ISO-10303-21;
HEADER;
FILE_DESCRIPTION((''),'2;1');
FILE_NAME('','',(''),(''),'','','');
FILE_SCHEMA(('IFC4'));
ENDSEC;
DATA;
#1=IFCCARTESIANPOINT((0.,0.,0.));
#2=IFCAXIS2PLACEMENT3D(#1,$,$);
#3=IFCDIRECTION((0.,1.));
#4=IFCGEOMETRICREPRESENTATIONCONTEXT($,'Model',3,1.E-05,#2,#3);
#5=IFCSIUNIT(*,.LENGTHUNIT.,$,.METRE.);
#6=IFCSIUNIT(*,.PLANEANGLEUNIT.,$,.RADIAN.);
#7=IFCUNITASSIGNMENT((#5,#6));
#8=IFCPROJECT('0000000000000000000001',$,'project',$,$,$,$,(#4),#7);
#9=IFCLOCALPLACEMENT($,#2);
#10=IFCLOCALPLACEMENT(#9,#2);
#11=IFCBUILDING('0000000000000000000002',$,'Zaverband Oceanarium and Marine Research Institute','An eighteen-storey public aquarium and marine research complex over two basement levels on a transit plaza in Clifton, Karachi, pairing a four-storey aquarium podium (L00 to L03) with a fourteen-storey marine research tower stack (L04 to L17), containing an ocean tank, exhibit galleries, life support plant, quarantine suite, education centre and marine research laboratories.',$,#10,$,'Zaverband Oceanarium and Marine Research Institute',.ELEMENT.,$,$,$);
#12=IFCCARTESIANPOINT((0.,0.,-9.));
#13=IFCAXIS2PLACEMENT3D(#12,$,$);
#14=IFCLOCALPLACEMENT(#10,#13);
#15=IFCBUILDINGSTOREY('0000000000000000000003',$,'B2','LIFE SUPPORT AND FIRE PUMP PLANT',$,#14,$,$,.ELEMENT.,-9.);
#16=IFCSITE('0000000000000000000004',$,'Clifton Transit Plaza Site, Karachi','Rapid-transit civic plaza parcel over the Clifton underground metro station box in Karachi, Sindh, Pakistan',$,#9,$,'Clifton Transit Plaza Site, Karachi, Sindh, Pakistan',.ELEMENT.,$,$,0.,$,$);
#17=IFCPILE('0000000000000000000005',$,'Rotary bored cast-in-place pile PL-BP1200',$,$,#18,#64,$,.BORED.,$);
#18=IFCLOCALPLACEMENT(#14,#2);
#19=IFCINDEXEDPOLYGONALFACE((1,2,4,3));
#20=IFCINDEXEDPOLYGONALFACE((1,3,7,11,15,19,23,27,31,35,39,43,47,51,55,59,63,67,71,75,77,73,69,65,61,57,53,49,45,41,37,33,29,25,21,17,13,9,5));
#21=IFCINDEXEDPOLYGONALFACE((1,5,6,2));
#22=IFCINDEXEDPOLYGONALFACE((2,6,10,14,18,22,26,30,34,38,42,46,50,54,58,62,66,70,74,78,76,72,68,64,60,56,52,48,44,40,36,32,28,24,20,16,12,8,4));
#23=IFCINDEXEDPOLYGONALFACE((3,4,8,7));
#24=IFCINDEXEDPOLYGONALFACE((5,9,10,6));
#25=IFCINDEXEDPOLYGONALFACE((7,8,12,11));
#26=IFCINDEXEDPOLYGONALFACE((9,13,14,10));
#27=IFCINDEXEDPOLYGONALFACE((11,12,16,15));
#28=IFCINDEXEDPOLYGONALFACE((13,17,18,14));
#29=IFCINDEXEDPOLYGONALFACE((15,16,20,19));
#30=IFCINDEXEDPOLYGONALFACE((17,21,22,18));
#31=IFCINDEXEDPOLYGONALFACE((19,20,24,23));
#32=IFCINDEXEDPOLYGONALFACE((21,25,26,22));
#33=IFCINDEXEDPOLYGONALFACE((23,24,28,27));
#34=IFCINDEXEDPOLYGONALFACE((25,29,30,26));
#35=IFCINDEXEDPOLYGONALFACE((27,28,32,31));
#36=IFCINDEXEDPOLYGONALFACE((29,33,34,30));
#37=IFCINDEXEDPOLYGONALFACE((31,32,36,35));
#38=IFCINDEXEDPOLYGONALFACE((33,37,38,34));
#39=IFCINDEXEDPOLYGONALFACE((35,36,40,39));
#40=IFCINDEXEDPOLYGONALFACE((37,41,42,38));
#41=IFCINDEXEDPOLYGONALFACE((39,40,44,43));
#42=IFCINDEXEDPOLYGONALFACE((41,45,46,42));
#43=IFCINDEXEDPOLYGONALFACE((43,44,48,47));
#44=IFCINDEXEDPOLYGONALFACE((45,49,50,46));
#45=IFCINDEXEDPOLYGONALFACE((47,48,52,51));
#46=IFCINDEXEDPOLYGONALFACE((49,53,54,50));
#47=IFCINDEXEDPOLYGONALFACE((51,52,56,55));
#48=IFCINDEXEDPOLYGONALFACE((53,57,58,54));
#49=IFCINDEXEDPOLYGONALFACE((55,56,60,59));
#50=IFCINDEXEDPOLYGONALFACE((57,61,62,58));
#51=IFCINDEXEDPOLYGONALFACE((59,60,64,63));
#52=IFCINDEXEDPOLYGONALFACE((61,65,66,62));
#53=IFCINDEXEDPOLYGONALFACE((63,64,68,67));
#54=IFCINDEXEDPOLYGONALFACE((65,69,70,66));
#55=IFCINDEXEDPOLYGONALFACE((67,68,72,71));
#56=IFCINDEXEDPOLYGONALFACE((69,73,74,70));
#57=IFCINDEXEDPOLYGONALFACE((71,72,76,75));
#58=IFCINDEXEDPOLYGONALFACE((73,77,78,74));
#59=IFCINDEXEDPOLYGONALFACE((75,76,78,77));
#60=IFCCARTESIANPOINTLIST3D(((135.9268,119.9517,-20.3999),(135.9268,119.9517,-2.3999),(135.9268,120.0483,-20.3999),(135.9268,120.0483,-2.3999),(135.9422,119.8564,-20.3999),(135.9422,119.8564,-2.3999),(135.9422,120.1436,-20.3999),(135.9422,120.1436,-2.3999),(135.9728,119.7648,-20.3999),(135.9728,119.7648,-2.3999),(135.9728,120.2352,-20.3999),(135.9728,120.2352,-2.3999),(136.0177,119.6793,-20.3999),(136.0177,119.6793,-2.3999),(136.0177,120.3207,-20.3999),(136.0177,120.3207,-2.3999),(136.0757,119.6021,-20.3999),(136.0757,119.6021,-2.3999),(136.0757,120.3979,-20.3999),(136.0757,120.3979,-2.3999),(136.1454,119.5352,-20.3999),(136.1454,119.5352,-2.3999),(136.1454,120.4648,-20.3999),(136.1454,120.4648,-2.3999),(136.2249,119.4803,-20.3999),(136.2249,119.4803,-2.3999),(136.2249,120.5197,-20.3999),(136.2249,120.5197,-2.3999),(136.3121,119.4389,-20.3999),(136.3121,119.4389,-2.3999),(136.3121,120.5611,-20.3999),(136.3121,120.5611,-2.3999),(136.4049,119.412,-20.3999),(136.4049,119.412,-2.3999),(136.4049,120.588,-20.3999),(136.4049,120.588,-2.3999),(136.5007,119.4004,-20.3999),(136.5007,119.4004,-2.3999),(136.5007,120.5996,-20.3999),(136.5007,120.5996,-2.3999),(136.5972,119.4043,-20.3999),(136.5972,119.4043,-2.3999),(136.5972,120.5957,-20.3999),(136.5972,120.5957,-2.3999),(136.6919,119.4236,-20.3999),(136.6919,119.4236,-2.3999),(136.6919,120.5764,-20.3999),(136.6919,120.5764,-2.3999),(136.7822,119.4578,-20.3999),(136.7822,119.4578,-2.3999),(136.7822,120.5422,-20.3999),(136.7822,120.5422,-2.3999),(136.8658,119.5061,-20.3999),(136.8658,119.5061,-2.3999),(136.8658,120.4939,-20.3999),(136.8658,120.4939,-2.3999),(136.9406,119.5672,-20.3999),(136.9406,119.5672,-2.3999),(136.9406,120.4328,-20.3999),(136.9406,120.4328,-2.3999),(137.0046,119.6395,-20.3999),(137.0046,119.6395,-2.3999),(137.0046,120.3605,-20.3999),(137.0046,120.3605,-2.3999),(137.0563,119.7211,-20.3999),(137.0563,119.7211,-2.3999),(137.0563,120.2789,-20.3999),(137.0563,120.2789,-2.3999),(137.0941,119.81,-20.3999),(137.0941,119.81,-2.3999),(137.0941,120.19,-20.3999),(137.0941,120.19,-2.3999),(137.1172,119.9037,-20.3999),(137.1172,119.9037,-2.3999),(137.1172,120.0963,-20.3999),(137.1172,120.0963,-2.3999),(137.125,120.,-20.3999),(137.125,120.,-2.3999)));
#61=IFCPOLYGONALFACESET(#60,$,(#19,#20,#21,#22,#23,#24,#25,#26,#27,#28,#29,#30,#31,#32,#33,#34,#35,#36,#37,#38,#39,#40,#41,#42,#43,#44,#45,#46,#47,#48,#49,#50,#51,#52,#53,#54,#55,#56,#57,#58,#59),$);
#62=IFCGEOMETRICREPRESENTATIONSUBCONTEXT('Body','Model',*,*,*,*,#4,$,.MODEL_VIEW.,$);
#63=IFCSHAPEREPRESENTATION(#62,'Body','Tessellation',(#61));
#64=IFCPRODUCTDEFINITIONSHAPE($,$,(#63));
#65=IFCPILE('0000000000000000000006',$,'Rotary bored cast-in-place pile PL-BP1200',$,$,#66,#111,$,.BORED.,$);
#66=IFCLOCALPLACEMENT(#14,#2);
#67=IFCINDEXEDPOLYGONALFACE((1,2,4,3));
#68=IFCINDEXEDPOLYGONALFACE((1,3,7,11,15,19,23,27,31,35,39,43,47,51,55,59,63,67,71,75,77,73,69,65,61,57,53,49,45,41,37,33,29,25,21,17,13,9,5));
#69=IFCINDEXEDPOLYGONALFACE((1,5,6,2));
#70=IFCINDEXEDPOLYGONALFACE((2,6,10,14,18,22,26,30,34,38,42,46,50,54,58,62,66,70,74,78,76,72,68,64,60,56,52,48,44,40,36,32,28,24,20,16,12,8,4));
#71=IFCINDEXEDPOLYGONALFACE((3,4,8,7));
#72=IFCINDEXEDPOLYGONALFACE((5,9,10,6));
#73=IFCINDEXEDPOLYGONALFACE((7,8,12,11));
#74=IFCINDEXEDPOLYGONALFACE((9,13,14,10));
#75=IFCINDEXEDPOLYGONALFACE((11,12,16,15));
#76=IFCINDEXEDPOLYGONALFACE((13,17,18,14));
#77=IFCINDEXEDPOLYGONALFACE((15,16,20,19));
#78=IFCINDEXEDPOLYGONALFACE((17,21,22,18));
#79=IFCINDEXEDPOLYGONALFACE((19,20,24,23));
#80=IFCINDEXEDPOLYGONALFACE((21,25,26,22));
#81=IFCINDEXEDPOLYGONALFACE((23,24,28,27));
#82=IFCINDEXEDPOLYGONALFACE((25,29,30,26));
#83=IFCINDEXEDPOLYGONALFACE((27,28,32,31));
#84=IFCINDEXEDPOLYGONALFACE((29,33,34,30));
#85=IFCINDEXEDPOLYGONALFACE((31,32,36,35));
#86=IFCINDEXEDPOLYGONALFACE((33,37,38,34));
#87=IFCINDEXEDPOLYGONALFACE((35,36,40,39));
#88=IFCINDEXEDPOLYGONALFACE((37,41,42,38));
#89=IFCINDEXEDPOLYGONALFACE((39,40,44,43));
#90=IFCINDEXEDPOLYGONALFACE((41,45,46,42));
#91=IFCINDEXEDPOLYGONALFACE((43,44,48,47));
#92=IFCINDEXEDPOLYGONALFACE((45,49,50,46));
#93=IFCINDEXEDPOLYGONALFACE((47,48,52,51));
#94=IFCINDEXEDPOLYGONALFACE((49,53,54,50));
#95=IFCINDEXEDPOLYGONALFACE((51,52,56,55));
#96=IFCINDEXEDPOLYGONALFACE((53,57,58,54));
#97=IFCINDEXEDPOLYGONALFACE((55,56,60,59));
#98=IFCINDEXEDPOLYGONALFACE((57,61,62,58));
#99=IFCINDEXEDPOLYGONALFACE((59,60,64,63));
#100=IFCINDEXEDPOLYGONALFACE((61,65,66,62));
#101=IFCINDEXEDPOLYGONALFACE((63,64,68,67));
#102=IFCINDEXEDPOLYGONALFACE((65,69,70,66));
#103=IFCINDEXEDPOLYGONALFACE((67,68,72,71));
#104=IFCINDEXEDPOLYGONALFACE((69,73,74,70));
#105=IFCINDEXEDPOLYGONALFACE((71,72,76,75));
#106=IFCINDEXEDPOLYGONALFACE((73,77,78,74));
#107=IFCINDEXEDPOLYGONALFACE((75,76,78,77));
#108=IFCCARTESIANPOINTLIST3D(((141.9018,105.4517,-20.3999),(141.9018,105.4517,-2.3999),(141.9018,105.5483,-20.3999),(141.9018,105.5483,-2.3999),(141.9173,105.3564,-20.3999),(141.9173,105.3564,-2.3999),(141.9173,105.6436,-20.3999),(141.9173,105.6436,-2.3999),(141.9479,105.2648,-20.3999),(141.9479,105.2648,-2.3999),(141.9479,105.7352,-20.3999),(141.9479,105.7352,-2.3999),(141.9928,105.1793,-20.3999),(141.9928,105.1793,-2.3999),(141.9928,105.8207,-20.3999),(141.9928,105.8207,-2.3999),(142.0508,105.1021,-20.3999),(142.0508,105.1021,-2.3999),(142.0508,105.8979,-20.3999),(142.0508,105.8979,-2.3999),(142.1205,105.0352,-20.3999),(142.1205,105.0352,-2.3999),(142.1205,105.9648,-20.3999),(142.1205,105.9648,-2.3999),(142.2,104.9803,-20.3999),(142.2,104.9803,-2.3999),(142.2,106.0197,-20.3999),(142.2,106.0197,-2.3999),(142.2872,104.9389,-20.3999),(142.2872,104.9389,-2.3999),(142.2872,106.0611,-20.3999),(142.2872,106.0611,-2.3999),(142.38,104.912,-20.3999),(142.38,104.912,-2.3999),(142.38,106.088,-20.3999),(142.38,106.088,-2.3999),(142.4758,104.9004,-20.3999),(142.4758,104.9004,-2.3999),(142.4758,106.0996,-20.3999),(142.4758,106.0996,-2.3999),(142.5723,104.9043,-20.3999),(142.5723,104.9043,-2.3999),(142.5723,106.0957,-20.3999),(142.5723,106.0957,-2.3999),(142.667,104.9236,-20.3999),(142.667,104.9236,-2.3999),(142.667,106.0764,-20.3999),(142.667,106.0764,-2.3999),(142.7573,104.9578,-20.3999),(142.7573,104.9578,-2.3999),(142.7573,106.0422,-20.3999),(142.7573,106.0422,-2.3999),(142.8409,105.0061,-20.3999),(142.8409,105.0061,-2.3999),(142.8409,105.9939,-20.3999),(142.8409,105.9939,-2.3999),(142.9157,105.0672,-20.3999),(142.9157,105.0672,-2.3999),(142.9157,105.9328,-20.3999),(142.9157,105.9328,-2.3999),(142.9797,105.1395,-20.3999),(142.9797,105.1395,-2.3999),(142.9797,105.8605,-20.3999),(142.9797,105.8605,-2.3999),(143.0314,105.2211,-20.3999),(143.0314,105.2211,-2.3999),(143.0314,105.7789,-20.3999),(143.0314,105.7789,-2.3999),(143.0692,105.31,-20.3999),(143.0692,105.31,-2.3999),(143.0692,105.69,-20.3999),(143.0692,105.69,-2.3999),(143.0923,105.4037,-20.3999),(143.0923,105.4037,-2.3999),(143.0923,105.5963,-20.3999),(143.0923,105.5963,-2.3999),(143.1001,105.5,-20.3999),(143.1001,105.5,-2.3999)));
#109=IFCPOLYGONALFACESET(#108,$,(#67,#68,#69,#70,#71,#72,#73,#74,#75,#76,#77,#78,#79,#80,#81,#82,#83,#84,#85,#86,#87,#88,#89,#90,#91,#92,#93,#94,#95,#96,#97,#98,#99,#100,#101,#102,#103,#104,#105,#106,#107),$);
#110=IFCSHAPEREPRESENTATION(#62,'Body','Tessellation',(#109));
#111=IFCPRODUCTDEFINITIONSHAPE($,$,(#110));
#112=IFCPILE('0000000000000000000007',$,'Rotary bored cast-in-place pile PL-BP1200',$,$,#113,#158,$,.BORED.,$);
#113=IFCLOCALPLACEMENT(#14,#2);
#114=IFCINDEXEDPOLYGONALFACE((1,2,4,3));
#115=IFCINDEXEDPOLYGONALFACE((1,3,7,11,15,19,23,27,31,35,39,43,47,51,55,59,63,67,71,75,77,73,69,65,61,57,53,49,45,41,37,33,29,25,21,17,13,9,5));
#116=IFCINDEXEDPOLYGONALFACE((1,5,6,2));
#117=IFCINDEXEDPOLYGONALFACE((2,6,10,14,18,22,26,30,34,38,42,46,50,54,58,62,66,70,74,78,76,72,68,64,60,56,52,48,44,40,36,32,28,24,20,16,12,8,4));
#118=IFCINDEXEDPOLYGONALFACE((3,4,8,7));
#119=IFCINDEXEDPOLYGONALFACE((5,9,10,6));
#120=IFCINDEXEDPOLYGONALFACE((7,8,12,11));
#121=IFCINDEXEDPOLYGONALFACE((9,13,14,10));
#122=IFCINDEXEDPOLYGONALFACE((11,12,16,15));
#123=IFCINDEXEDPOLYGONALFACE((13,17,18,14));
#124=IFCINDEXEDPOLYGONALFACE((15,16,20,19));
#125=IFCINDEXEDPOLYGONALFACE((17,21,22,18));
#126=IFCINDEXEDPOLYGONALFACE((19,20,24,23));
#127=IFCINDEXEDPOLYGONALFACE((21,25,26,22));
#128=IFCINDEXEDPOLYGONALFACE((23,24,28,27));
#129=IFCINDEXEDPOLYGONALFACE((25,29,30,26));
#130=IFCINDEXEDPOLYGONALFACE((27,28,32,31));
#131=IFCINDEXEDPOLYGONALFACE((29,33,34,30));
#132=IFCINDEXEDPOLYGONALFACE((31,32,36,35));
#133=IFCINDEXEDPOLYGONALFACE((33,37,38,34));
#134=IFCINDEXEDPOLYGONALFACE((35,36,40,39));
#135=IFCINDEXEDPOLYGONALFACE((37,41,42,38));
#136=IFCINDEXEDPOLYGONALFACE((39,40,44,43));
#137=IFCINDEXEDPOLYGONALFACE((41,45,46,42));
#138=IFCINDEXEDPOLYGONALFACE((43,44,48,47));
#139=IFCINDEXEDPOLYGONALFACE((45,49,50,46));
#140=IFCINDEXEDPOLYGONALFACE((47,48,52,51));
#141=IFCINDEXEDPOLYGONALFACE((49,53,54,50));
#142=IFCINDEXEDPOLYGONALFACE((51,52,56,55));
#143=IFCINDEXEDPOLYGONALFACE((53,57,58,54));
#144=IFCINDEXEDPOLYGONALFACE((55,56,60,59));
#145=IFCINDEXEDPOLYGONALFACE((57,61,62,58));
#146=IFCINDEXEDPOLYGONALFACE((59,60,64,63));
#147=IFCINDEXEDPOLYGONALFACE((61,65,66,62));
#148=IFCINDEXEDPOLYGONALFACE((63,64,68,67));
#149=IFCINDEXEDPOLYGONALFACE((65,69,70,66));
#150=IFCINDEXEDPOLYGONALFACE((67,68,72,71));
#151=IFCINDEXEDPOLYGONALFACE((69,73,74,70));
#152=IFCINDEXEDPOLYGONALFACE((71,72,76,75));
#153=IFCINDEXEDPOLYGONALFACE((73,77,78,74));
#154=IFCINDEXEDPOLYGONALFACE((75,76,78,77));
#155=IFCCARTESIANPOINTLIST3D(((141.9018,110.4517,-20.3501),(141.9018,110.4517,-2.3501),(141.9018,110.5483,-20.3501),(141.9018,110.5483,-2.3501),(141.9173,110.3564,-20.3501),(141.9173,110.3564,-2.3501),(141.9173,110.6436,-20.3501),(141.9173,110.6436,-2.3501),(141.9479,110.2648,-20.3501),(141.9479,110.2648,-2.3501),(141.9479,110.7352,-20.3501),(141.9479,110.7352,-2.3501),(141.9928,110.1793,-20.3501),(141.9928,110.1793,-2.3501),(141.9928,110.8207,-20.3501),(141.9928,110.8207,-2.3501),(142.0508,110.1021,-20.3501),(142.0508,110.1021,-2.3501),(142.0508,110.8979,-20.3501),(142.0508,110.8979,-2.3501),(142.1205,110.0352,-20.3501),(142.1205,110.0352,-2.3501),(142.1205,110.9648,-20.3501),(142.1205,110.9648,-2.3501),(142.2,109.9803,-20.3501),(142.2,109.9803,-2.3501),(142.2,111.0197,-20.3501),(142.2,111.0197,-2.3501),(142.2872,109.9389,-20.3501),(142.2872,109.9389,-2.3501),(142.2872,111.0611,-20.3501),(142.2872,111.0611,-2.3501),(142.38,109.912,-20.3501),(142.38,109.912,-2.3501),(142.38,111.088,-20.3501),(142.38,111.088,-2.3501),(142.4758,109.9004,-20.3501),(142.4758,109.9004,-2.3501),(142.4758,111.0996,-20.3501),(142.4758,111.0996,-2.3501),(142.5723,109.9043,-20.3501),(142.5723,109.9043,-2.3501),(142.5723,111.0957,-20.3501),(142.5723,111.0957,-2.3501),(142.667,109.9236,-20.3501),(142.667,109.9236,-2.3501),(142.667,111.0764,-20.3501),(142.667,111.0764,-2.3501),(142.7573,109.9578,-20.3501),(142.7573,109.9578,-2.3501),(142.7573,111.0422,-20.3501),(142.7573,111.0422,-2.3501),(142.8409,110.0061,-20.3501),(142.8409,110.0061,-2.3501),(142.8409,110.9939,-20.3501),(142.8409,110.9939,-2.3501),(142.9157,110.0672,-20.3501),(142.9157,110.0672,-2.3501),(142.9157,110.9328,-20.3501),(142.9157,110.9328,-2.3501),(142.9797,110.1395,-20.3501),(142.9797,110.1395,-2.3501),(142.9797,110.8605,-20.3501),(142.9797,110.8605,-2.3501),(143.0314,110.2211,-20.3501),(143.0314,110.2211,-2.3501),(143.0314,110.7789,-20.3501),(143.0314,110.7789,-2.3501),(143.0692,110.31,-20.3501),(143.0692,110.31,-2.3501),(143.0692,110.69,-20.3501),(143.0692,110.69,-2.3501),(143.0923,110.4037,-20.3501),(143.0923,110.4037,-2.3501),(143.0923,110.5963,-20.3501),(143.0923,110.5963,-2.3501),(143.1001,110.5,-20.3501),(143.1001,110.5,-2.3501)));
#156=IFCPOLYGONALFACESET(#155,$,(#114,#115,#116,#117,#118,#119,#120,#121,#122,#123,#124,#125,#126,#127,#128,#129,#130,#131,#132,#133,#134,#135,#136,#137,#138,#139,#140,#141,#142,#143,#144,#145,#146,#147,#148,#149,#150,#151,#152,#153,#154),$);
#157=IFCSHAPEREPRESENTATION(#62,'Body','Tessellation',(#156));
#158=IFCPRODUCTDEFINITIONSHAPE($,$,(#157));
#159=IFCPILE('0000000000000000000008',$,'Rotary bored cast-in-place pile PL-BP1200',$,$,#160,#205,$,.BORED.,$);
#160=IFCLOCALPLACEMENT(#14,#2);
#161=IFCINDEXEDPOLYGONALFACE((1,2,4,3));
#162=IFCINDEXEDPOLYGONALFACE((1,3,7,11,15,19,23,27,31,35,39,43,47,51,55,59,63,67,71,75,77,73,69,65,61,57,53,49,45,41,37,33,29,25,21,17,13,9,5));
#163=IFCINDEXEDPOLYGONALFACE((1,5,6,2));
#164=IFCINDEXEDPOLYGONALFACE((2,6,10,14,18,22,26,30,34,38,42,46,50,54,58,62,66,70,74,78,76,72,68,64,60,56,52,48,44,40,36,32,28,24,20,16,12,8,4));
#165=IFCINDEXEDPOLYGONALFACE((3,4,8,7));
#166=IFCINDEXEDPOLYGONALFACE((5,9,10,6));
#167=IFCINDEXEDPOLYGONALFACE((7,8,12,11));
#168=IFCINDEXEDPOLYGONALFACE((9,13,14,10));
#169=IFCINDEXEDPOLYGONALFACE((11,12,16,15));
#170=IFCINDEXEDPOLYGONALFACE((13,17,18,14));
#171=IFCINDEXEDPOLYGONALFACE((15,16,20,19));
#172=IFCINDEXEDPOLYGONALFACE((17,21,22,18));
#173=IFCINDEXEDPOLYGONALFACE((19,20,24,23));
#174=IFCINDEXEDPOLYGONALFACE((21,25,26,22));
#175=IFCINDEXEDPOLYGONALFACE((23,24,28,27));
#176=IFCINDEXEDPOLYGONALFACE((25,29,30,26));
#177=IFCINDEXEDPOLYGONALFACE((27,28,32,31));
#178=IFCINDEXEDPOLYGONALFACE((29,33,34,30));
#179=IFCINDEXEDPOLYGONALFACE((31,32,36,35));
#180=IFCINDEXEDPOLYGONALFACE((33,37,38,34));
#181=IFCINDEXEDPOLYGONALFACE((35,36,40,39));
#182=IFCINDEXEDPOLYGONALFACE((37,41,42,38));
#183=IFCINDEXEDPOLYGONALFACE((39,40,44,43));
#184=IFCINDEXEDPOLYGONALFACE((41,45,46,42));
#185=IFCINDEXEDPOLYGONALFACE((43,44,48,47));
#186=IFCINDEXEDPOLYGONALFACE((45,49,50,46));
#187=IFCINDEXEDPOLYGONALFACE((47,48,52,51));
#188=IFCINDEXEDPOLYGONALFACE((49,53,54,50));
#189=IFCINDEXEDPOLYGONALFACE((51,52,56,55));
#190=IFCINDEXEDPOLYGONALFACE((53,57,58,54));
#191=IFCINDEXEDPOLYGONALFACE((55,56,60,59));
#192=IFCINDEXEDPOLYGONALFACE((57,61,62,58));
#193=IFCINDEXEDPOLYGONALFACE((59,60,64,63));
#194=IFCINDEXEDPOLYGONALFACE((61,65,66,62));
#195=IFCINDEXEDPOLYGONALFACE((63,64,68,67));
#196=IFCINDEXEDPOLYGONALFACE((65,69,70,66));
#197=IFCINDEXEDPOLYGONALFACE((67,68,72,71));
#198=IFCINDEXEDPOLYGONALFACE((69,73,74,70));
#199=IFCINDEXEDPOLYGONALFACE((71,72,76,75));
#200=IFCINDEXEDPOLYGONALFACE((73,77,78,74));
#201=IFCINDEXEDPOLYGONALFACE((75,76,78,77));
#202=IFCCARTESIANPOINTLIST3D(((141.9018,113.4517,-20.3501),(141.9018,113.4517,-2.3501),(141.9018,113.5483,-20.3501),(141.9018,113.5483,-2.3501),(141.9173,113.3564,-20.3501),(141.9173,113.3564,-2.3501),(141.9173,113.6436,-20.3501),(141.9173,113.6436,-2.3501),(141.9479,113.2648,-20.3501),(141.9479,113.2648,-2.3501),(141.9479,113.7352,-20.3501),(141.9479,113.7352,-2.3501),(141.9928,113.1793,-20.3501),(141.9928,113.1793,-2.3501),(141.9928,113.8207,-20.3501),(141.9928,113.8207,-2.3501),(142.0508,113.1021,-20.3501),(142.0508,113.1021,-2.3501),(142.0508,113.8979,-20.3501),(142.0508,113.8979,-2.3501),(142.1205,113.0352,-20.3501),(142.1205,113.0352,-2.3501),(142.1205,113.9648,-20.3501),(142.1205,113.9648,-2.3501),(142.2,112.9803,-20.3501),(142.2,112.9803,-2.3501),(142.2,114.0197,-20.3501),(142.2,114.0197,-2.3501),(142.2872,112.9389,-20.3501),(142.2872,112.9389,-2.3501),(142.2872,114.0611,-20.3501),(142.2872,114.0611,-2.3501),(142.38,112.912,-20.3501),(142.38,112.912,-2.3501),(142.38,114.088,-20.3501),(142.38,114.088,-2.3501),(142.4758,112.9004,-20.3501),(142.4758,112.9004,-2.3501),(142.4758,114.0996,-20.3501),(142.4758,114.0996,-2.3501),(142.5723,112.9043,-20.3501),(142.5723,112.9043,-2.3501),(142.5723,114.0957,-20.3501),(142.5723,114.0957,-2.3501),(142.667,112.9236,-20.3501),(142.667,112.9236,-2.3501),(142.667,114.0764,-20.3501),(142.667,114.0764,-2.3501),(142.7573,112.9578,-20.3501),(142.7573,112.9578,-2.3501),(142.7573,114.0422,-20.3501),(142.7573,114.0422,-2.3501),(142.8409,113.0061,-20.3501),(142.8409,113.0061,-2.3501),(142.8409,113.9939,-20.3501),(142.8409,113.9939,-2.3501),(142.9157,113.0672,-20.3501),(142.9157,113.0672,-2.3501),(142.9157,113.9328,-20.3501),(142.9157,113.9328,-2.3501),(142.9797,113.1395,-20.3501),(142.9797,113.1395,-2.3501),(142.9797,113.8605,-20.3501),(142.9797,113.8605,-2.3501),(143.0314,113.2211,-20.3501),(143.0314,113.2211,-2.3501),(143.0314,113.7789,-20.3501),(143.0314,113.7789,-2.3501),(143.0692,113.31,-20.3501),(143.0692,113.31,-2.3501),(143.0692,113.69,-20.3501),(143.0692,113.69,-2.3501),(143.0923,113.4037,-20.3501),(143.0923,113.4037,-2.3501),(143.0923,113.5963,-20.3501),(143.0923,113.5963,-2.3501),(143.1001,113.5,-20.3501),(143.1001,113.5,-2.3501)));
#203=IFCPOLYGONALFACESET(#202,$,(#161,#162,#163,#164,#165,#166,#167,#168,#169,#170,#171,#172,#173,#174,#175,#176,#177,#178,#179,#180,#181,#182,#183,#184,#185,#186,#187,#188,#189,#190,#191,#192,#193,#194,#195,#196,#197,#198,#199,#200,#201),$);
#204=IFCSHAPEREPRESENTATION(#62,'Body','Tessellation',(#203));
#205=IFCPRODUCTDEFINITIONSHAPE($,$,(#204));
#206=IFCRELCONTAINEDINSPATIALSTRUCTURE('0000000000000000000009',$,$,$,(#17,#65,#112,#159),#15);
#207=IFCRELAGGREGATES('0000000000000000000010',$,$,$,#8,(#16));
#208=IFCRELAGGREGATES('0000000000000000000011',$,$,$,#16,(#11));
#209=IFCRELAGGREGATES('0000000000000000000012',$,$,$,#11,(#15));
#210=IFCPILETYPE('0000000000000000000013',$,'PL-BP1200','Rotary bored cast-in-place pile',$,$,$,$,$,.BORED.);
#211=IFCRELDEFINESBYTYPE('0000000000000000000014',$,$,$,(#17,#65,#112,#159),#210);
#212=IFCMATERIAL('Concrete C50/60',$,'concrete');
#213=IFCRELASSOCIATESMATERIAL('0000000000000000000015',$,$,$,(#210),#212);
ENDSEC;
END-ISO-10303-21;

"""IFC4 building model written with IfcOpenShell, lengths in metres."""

from ifc_helpers import new_model, si_unit, direction, frame, origin, origin_2d, place, context, subcontext, project, spatial, circle, extrude, material, material_profile, profile_set, type_object, element, save


model = new_model("IFC4")

# Units and contexts
model_context = context("Model", 3, precision=1e-05, world=origin(), true_north=direction((0.0, 1.0)))
body_context = subcontext(model_context, "Body", "Model", "MODEL_VIEW")
ifc_project = project(units=[si_unit("LENGTHUNIT", "METRE"), si_unit("PLANEANGLEUNIT", "RADIAN")], contexts=[model_context])

# Site, building, storey
site_placement = place(None, origin())
site = spatial("IfcSite", under=ifc_project, at=site_placement, Name="Clifton Transit Plaza Site, Karachi", Description="Rapid-transit civic plaza parcel over the Clifton underground metro station box in Karachi, Sindh, Pakistan", LongName="Clifton Transit Plaza Site, Karachi, Sindh, Pakistan", CompositionType="ELEMENT", RefElevation=0.0)
building_placement = place(site_placement, origin())
building = spatial("IfcBuilding", under=site, at=building_placement, Name="Zaverband Oceanarium and Marine Research Institute", Description="An eighteen-storey public aquarium and marine research complex over two basement levels on a transit plaza in Clifton, Karachi, pairing a four-storey aquarium podium (L00 to L03) with a fourteen-storey marine research tower stack (L04 to L17), containing an ocean tank, exhibit galleries, life support plant, quarantine suite, education centre and marine research laboratories.", LongName="Zaverband Oceanarium and Marine Research Institute", CompositionType="ELEMENT")
storey_placement = place(building_placement, frame((0.0, 0.0, -9.0)))
storey = spatial("IfcBuildingStorey", under=building, at=storey_placement, Name="B2", Description="LIFE SUPPORT AND FIRE PUMP PLANT", CompositionType="ELEMENT", Elevation=-9.0)

# Shared definitions
ifc_material_1 = material(Name="Concrete C50/60", Category="concrete")

# Piles
ifc_material_profile_1 = material_profile(ifc_material_1, circle(Radius=0.6001, at=origin_2d()), Name="BP1200")
ifc_profile_set_1 = profile_set([ifc_material_profile_1], Name="Concrete C50/60")
pile_type_1 = type_object("IfcPileType", Name="PL-BP1200", Description="Rotary bored cast-in-place pile", PredefinedType="BORED", material=ifc_profile_set_1)
for number, where, z_axis, x_axis, name in (
    (1, (136.5249, 120.0, -2.3999), (0.0, 0.0, -1.0), (1.0, 0.0, 0.0), "Rotary bored cast-in-place pile PL-BP1200"),
    (2, (142.5, 105.5, -2.3999), (0.0, 0.0, -1.0), (1.0, 0.0, 0.0), "Rotary bored cast-in-place pile PL-BP1200"),
    (3, (142.5, 110.5, -2.3501), (0.0, 0.0, -1.0), (1.0, 0.0, 0.0), "Rotary bored cast-in-place pile PL-BP1200"),
    (4, (142.5, 113.5, -2.3501), (0.0, 0.0, -1.0), (1.0, 0.0, 0.0), "Rotary bored cast-in-place pile PL-BP1200"),
):
    element("IfcPile", number, at=place(storey_placement, frame(where, z_axis=z_axis, x_axis=x_axis)), inside=storey, type_object=pile_type_1, Name=name, PredefinedType="BORED", context=body_context, shape_type="SweptSolid", body=[
        extrude(circle(Radius=0.6001, at=origin_2d()), origin(), (0.0, 0.0, 1.0), 18.0),
    ])

save(model, "model.ifc")
